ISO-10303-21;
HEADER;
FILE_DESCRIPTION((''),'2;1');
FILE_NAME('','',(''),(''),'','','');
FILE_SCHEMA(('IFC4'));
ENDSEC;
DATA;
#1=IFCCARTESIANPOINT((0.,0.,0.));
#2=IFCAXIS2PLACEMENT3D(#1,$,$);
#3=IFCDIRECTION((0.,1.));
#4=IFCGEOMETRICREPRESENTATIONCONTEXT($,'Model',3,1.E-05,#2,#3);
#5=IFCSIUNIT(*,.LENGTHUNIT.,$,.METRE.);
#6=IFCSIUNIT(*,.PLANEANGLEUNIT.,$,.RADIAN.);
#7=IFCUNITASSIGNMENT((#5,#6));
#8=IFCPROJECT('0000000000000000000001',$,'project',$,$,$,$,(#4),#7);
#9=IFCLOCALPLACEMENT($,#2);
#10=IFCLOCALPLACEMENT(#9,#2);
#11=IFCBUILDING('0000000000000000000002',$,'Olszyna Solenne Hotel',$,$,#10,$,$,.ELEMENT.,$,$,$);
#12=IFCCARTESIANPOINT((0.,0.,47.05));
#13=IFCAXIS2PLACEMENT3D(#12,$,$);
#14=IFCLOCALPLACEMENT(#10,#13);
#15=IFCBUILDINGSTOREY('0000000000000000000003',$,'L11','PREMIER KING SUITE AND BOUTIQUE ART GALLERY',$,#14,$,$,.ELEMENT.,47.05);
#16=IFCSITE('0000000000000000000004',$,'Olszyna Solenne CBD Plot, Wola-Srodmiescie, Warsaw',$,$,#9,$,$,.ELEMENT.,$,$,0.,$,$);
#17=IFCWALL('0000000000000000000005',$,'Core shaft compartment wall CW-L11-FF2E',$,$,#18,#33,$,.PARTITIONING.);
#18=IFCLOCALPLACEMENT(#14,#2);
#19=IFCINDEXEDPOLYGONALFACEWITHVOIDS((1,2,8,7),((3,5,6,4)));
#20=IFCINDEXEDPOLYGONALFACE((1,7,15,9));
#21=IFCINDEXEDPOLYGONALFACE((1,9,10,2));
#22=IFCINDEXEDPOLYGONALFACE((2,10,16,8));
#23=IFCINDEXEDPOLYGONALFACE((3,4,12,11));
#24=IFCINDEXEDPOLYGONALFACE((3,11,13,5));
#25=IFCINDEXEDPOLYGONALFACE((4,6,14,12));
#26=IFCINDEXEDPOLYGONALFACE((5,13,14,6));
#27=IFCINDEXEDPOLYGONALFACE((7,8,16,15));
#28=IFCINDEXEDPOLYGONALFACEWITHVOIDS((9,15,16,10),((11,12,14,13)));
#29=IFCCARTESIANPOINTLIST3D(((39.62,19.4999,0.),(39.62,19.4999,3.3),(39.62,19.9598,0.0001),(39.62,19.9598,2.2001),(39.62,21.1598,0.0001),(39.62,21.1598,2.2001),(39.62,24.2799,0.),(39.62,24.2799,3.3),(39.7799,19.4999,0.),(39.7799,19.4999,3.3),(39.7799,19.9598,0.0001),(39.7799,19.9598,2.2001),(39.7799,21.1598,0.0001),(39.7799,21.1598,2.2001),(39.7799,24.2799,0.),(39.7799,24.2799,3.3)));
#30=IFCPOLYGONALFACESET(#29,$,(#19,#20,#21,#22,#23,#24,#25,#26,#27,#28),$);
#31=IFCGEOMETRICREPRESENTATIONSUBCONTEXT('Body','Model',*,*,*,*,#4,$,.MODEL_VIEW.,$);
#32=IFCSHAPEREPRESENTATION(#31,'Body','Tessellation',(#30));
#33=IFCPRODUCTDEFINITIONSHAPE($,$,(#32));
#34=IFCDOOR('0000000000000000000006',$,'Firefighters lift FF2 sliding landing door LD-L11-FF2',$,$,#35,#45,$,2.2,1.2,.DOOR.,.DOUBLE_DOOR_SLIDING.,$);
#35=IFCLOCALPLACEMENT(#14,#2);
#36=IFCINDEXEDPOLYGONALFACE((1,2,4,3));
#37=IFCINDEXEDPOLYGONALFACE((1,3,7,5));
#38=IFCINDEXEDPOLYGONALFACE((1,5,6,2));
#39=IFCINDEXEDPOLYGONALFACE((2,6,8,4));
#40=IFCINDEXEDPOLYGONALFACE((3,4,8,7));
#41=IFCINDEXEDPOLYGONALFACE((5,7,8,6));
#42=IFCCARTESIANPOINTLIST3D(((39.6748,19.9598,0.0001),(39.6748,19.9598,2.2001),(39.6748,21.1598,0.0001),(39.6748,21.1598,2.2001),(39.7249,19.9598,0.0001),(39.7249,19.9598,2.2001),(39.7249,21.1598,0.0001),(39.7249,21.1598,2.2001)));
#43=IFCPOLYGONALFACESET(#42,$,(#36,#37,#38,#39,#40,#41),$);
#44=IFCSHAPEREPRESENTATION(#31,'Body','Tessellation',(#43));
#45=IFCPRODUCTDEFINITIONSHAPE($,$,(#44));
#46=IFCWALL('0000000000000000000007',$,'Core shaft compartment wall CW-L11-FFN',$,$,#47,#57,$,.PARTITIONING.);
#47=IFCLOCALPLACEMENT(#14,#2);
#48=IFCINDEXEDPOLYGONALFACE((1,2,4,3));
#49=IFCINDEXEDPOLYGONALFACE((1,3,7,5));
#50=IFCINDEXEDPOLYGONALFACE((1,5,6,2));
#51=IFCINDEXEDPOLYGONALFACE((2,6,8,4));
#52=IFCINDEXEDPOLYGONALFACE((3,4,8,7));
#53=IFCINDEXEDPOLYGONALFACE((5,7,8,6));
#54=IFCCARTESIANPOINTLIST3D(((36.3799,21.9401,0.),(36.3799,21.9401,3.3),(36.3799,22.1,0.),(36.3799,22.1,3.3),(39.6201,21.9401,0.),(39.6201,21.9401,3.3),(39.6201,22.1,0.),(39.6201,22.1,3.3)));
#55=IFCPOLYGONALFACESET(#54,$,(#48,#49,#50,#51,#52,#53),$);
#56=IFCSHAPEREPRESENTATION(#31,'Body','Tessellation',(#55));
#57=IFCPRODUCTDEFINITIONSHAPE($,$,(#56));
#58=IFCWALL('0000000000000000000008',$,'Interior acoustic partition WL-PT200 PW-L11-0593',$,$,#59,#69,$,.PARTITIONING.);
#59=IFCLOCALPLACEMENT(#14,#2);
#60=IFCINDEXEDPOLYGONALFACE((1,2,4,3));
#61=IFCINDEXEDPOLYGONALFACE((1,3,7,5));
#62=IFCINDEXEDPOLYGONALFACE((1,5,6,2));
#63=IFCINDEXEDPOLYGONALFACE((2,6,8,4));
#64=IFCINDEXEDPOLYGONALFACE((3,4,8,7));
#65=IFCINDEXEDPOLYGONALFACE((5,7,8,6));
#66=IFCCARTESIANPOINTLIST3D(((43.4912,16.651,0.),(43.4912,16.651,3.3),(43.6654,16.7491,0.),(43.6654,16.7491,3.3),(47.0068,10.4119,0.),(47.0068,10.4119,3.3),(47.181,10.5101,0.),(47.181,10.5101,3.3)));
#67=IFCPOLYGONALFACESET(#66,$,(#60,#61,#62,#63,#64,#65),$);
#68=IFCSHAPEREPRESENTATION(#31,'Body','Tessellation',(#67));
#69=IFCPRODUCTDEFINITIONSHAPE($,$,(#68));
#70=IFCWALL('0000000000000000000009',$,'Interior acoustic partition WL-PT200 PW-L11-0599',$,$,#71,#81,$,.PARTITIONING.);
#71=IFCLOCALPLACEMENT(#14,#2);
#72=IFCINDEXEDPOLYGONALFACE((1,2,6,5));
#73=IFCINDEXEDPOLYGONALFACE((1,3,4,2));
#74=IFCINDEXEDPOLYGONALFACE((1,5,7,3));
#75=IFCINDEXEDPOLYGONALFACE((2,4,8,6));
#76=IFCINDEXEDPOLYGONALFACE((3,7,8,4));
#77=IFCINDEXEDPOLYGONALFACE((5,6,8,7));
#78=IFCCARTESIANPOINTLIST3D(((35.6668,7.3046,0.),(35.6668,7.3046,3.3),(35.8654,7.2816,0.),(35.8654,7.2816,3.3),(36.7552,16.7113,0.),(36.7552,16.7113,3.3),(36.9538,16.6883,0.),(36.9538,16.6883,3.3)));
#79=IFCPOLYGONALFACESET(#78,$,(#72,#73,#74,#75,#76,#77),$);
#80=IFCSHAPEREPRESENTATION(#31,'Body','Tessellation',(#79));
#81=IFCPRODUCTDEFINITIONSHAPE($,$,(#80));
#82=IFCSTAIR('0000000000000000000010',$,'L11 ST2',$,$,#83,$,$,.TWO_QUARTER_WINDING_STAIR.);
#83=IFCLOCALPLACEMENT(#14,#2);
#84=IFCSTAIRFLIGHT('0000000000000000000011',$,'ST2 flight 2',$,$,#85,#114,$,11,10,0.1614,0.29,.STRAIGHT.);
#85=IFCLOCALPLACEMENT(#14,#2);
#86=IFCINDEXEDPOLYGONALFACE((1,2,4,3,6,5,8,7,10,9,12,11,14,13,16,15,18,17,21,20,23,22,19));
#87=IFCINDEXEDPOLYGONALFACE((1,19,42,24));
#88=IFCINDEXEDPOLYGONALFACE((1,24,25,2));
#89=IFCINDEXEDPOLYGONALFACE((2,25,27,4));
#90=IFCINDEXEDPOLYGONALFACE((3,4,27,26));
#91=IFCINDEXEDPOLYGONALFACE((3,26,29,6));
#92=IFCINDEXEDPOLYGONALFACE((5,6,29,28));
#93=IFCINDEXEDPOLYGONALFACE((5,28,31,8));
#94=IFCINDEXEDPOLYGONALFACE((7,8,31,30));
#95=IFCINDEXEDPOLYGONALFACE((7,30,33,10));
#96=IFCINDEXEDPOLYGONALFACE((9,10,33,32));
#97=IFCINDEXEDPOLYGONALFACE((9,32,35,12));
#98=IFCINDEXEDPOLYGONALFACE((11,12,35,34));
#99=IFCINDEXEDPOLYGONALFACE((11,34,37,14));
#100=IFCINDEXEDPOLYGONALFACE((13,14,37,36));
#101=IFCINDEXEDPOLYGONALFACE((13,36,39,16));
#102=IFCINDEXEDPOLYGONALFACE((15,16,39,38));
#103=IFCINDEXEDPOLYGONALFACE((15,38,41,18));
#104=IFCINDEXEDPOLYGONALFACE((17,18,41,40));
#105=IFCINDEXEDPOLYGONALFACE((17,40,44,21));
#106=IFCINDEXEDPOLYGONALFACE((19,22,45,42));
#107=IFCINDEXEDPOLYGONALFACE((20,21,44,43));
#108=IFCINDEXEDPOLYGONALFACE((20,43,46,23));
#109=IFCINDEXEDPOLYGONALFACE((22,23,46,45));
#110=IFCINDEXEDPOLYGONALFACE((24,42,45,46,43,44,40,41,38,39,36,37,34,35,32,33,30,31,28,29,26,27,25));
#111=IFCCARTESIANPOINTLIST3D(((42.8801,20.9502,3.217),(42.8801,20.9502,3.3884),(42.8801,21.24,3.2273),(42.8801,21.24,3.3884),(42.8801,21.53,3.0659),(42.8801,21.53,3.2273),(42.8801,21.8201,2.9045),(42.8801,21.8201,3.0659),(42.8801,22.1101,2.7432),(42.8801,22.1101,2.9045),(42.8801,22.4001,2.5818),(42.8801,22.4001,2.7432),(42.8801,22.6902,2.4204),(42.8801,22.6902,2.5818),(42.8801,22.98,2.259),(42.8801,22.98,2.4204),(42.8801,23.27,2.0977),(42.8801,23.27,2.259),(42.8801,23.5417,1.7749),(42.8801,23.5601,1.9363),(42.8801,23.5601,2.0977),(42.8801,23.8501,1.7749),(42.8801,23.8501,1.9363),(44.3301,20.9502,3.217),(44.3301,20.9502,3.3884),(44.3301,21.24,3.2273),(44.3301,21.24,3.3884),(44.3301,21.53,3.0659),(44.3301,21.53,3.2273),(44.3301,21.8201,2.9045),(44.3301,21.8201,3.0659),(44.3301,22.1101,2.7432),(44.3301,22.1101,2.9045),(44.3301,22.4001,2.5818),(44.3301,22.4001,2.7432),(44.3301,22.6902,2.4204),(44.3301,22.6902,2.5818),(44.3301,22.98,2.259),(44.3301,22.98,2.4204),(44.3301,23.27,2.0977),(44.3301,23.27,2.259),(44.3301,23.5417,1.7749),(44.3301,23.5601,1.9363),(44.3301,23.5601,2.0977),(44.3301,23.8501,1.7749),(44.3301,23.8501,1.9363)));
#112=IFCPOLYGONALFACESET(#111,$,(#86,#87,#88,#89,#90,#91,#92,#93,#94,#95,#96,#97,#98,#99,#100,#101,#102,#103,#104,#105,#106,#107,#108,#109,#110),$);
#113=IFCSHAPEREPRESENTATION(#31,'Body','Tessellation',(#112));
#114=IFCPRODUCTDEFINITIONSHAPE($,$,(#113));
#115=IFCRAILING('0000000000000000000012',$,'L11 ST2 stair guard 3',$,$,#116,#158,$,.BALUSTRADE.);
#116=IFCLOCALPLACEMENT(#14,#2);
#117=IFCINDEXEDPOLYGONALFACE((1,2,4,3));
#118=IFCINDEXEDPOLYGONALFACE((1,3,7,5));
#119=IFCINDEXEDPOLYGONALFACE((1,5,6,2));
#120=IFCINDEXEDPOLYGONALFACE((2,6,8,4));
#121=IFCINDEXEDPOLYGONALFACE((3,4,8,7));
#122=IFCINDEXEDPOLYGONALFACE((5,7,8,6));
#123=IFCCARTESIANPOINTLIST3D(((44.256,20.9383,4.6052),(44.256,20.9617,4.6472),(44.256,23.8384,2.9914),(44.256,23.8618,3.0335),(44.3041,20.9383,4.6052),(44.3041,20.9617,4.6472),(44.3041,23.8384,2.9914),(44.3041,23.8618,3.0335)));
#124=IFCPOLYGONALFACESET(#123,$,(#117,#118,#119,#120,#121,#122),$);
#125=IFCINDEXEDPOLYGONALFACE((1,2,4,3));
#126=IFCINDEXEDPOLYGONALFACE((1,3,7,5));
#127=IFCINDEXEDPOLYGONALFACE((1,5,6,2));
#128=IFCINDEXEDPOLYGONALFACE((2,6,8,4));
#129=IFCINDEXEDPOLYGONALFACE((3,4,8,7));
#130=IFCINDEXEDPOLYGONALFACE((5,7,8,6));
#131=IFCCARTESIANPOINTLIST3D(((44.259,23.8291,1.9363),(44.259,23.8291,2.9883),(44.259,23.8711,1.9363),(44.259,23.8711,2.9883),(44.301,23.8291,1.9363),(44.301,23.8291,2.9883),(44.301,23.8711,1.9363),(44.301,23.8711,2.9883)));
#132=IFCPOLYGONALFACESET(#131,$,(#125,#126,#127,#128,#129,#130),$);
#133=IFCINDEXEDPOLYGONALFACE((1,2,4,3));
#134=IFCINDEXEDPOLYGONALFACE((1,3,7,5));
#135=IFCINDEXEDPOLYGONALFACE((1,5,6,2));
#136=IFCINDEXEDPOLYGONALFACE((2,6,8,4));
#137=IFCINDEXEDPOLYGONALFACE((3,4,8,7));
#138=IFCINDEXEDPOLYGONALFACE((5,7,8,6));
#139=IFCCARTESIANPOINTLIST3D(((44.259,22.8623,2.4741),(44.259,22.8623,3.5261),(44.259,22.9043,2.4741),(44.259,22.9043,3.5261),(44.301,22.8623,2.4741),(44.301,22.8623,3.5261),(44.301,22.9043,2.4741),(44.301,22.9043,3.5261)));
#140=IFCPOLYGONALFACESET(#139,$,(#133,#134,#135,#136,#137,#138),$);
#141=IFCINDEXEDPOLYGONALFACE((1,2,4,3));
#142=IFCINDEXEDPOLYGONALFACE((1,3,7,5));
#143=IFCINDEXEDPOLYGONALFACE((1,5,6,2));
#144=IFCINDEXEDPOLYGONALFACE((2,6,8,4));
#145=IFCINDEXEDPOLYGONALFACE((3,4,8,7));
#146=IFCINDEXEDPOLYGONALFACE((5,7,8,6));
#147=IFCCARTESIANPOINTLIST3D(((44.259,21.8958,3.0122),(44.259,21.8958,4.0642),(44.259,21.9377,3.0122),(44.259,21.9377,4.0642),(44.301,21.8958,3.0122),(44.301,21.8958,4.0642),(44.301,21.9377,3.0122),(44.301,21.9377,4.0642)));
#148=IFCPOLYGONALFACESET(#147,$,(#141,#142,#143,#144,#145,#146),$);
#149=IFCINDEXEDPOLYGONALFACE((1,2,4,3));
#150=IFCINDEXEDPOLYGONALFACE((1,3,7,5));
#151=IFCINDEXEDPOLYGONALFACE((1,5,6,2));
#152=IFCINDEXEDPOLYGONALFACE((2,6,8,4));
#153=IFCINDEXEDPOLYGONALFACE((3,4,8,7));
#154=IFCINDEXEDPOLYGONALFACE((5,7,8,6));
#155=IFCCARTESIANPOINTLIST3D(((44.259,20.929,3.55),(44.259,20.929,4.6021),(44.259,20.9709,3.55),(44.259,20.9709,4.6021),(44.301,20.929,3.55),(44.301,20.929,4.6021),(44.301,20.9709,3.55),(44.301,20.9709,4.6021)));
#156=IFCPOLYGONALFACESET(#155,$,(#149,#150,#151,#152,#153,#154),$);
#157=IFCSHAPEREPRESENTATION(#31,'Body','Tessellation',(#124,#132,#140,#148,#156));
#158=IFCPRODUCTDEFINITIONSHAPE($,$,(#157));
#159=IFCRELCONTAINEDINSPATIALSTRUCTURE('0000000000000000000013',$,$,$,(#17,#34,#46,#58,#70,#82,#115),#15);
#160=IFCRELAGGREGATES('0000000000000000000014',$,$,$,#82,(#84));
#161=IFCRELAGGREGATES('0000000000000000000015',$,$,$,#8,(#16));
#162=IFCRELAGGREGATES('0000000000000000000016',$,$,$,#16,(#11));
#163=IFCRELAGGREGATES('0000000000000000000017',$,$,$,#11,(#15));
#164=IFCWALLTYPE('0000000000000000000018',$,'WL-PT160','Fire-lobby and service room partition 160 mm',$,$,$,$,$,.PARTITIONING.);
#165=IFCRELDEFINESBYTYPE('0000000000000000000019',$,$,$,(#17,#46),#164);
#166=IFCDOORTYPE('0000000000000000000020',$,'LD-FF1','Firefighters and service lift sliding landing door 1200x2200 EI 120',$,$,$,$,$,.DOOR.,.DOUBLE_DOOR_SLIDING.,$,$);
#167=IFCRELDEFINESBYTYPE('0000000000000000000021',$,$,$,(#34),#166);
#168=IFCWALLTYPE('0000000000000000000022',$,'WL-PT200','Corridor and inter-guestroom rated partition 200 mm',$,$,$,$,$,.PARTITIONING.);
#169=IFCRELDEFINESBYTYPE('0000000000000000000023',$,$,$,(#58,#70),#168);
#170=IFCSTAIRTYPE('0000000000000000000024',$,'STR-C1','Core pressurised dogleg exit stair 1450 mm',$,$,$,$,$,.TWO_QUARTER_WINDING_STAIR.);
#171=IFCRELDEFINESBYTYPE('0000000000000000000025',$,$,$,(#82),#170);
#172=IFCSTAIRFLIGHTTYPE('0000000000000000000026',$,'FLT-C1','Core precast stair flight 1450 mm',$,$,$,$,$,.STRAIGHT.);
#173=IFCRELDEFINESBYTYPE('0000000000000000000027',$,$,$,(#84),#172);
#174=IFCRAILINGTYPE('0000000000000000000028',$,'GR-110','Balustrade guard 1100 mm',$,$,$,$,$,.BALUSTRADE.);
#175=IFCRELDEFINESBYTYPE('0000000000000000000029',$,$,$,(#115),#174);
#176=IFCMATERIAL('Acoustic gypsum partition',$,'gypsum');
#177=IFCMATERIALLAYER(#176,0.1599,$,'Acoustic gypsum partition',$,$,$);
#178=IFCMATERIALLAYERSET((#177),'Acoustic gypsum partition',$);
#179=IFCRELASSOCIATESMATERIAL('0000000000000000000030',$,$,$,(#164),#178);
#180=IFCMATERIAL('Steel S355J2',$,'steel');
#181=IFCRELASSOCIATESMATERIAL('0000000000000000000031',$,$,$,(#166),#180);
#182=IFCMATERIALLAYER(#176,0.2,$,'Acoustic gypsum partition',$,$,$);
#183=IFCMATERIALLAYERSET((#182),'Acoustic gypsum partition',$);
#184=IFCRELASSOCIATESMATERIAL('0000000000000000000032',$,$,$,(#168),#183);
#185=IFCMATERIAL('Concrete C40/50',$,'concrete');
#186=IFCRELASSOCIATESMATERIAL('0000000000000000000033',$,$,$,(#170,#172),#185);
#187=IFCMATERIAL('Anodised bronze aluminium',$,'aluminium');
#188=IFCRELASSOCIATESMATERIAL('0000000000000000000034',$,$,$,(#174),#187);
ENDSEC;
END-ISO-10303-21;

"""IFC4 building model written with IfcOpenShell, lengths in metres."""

from ifc_helpers import new_model, si_unit, direction, frame, frame_2d, origin, origin_2d, place, context, subcontext, project, spatial, polyline, rectangle, outline, extrude, source, transform, mapped, material, layer, layer_set, type_object, type_shapes, element, fill, aggregate, save


model = new_model("IFC4")

# Units and contexts
model_context = context("Model", 3, precision=1e-05, world=origin(), true_north=direction((0.0, 1.0)))
body_context = subcontext(model_context, "Body", "Model", "MODEL_VIEW")
ifc_project = project(units=[si_unit("LENGTHUNIT", "METRE"), si_unit("PLANEANGLEUNIT", "RADIAN")], contexts=[model_context])

# Site, building, storey
site_placement = place(None, origin())
site = spatial("IfcSite", under=ifc_project, at=site_placement, Name="Olszyna Solenne CBD Plot, Wola-Srodmiescie, Warsaw", CompositionType="ELEMENT", RefElevation=0.0)
building_placement = place(site_placement, origin())
building = spatial("IfcBuilding", under=site, at=building_placement, Name="Olszyna Solenne Hotel", CompositionType="ELEMENT")
storey_placement = place(building_placement, frame((0.0, 0.0, 47.05)))
storey = spatial("IfcBuildingStorey", under=building, at=storey_placement, Name="L11", Description="PREMIER KING SUITE AND BOUTIQUE ART GALLERY", CompositionType="ELEMENT", Elevation=47.05)

# Shared definitions
ifc_material_1 = material(Name="Steel S355J2", Category="steel")

# Shared definitions
ifc_material_2 = material(Name="Acoustic gypsum partition", Category="gypsum")

# Shared definitions
ifc_layer_1 = layer(ifc_material_2, 0.1599, Name="Acoustic gypsum partition")
ifc_layer_set_1 = layer_set([ifc_layer_1], Name="Acoustic gypsum partition")
wall_type_1 = type_object("IfcWallType", Name="WL-PT160", Description="Fire-lobby and service room partition 160 mm", PredefinedType="PARTITIONING", material=ifc_layer_set_1)

# Shared definitions
door_type_1 = type_object("IfcDoorType", Name="LD-FF1", Description="Firefighters and service lift sliding landing door 1200x2200 EI 120", OperationType="DOUBLE_DOOR_SLIDING", PredefinedType="DOOR", material=ifc_material_1)
shared_shape_1 = source(origin(), body_context, "Body", "SweptSolid", [
    extrude(rectangle(XDim=1.2, YDim=2.2, at=frame_2d((0.6001, 1.1001))), frame((0.0, 0.0249, 0.0), z_axis=(0.0, -1.0, 0.0), x_axis=(1.0, 0.0, 0.0)), (0.0, 0.0, 1.0), 0.05),
])
type_shapes(door_type_1, [shared_shape_1])

# Wall, opening, door
wall_1_placement = place(storey_placement, frame((39.7, 24.28, 0.0), z_axis=(0.0, 0.0, 1.0), x_axis=(0.0, -1.0, 0.0)))
wall_1 = element("IfcWall", 1, at=wall_1_placement, inside=storey, type_object=wall_type_1, Name="Core shaft compartment wall CW-L11-FF2E", PredefinedType="PARTITIONING", context=body_context, shape_type="SweptSolid", body=[
    extrude(rectangle(XDim=4.78, YDim=0.1599, at=frame_2d((2.3901, 0.0))), origin(), (0.0, 0.0, 1.0), 3.3),
])
opening_1_placement = place(wall_1_placement, frame((3.1201, 0.0, 0.0)))
opening_1 = element("IfcOpeningElement", 2, at=opening_1_placement, cuts=wall_1, PredefinedType="OPENING", context=body_context, shape_type="SweptSolid", body=[
    extrude(rectangle(XDim=1.2, YDim=2.2, at=frame_2d((0.6001, 1.1001))), frame((0.0, 0.0898, 0.0), z_axis=(0.0, -1.0, 0.0), x_axis=(1.0, 0.0, 0.0)), (0.0, 0.0, 1.0), 0.1799),
])
door_1_placement = place(opening_1_placement, origin())
door_1 = element("IfcDoor", 3, at=door_1_placement, inside=storey, type_object=door_type_1, Name="Firefighters lift FF2 sliding landing door LD-L11-FF2", OperationType="DOUBLE_DOOR_SLIDING", OverallHeight=2.2, OverallWidth=1.2, PredefinedType="DOOR", context=body_context, shape_type="MappedRepresentation", body=[
    mapped(shared_shape_1, transform((0.0, 0.0, 0.0), x_axis=(1.0, 0.0, 0.0), y_axis=(0.0, 1.0, 0.0), z_axis=(0.0, 0.0, 1.0), scale=1.0)),
])
fill(opening_1, door_1)

# Walls
wall_2_placement = place(storey_placement, frame((36.3799, 22.02, 0.0), z_axis=(0.0, 0.0, 1.0), x_axis=(1.0, 0.0, 0.0)))
element("IfcWall", 4, at=wall_2_placement, inside=storey, type_object=wall_type_1, Name="Core shaft compartment wall CW-L11-FFN", PredefinedType="PARTITIONING", context=body_context, shape_type="SweptSolid", body=[
    extrude(rectangle(XDim=3.2402, YDim=0.1599, at=frame_2d((1.6201, 0.0))), origin(), (0.0, 0.0, 1.0), 3.3),
])
ifc_layer_2 = layer(ifc_material_2, 0.2, Name="Acoustic gypsum partition")
ifc_layer_set_2 = layer_set([ifc_layer_2], Name="Acoustic gypsum partition")
wall_type_2 = type_object("IfcWallType", Name="WL-PT200", Description="Corridor and inter-guestroom rated partition 200 mm", PredefinedType="PARTITIONING", material=ifc_layer_set_2)
wall_3_placement = place(storey_placement, frame((43.5784, 16.7, 0.0), z_axis=(0.0, 0.0, 1.0), x_axis=(0.490917, -0.871207, 0.0)))
element("IfcWall", 5, at=wall_3_placement, inside=storey, type_object=wall_type_2, Name="Interior acoustic partition WL-PT200 PW-L11-0593", PredefinedType="PARTITIONING", context=body_context, shape_type="SweptSolid", body=[
    extrude(rectangle(XDim=7.1614, YDim=0.2, at=frame_2d((3.5806, 0.0))), origin(), (0.0, 0.0, 1.0), 3.3),
])
wall_4_placement = place(storey_placement, frame((36.8545, 16.7, 0.0), z_axis=(0.0, 0.0, 1.0), x_axis=(-0.114935, -0.993373, 0.0)))
element("IfcWall", 6, at=wall_4_placement, inside=storey, type_object=wall_type_2, Name="Interior acoustic partition WL-PT200 PW-L11-0599", PredefinedType="PARTITIONING", context=body_context, shape_type="SweptSolid", body=[
    extrude(rectangle(XDim=9.4695, YDim=0.2, at=frame_2d((4.7349, 0.0))), origin(), (0.0, 0.0, 1.0), 3.3),
])

# Stair, stair flight
ifc_material_3 = material(Name="Concrete C40/50", Category="concrete")
stair_type = type_object("IfcStairType", Name="STR-C1", Description="Core pressurised dogleg exit stair 1450 mm", PredefinedType="TWO_QUARTER_WINDING_STAIR", material=ifc_material_3)
stair_placement = place(storey_placement, origin())
stair = element("IfcStair", 7, at=stair_placement, inside=storey, type_object=stair_type, Name="L11 ST2", PredefinedType="TWO_QUARTER_WINDING_STAIR")
stair_flight_type = type_object("IfcStairFlightType", Name="FLT-C1", Description="Core precast stair flight 1450 mm", PredefinedType="STRAIGHT", material=ifc_material_3)
stair_flight_placement = place(storey_placement, frame((43.605, 23.8501, 1.7749), z_axis=(0.0, 0.0, 1.0), x_axis=(0.0, -1.0, 0.0)))
stair_flight = element("IfcStairFlight", 8, at=stair_flight_placement, type_object=stair_flight_type, Name="ST2 flight 2", NumberOfRisers=11, NumberOfTreads=10, PredefinedType="STRAIGHT", RiserHeight=0.1614, TreadLength=0.29, context=body_context, shape_type="SweptSolid", body=[
    extrude(outline(polyline([(0.0, 0.0), (0.0, 0.1614), (0.29, 0.1614), (0.29, 0.3228), (0.5801, 0.3228), (0.5801, 0.4841), (0.8701, 0.4841), (0.8701, 0.6455), (1.1599, 0.6455), (1.1599, 0.8069), (1.45, 0.8069), (1.45, 0.9683), (1.74, 0.9683), (1.74, 1.1296), (2.03, 1.1296), (2.03, 1.291), (2.3201, 1.291), (2.3201, 1.4524), (2.6101, 1.4524), (2.6101, 1.6135), (2.8999, 1.6135), (2.8999, 1.7749), (2.8999, 1.4421), (0.3083, 0.0), (0.0, 0.0)])), frame((0.0, 0.7251, 0.0), z_axis=(0.0, -1.0, 0.0), x_axis=(1.0, 0.0, 0.0)), (0.0, 0.0, 1.0), 1.45),
])
aggregate(stair, [stair_flight])

# Railing
ifc_material_4 = material(Name="Anodised bronze aluminium", Category="aluminium")
railing_type_1 = type_object("IfcRailingType", Name="GR-110", Description="Balustrade guard 1100 mm", PredefinedType="BALUSTRADE", material=ifc_material_4)
railing_1_placement = place(storey_placement, frame((44.28, 23.8501, 1.9363)))
element("IfcRailing", 9, at=railing_1_placement, inside=storey, type_object=railing_type_1, Name="L11 ST2 stair guard 3", PredefinedType="BALUSTRADE", context=body_context, shape_type="SweptSolid", body=[
    extrude(rectangle(XDim=0.0481, YDim=0.0481, at=origin_2d()), frame((0.0, 0.0, 1.0762), z_axis=(0.0, -0.873827, 0.486236), x_axis=(1.0, 0.0, 0.0)), (0.0, 0.0, 1.0), 3.3188),
    extrude(rectangle(XDim=0.042, YDim=0.042, at=origin_2d()), origin(), (0.0, 0.0, 1.0), 1.052),
    extrude(rectangle(XDim=0.042, YDim=0.042, at=origin_2d()), frame((0.0, -0.9668, 0.5378)), (0.0, 0.0, 1.0), 1.052),
    extrude(rectangle(XDim=0.042, YDim=0.042, at=origin_2d()), frame((0.0, -1.9333, 1.0759)), (0.0, 0.0, 1.0), 1.052),
    extrude(rectangle(XDim=0.042, YDim=0.042, at=origin_2d()), frame((0.0, -2.9001, 1.6138)), (0.0, 0.0, 1.0), 1.052),
])

save(model, "model.ifc")
